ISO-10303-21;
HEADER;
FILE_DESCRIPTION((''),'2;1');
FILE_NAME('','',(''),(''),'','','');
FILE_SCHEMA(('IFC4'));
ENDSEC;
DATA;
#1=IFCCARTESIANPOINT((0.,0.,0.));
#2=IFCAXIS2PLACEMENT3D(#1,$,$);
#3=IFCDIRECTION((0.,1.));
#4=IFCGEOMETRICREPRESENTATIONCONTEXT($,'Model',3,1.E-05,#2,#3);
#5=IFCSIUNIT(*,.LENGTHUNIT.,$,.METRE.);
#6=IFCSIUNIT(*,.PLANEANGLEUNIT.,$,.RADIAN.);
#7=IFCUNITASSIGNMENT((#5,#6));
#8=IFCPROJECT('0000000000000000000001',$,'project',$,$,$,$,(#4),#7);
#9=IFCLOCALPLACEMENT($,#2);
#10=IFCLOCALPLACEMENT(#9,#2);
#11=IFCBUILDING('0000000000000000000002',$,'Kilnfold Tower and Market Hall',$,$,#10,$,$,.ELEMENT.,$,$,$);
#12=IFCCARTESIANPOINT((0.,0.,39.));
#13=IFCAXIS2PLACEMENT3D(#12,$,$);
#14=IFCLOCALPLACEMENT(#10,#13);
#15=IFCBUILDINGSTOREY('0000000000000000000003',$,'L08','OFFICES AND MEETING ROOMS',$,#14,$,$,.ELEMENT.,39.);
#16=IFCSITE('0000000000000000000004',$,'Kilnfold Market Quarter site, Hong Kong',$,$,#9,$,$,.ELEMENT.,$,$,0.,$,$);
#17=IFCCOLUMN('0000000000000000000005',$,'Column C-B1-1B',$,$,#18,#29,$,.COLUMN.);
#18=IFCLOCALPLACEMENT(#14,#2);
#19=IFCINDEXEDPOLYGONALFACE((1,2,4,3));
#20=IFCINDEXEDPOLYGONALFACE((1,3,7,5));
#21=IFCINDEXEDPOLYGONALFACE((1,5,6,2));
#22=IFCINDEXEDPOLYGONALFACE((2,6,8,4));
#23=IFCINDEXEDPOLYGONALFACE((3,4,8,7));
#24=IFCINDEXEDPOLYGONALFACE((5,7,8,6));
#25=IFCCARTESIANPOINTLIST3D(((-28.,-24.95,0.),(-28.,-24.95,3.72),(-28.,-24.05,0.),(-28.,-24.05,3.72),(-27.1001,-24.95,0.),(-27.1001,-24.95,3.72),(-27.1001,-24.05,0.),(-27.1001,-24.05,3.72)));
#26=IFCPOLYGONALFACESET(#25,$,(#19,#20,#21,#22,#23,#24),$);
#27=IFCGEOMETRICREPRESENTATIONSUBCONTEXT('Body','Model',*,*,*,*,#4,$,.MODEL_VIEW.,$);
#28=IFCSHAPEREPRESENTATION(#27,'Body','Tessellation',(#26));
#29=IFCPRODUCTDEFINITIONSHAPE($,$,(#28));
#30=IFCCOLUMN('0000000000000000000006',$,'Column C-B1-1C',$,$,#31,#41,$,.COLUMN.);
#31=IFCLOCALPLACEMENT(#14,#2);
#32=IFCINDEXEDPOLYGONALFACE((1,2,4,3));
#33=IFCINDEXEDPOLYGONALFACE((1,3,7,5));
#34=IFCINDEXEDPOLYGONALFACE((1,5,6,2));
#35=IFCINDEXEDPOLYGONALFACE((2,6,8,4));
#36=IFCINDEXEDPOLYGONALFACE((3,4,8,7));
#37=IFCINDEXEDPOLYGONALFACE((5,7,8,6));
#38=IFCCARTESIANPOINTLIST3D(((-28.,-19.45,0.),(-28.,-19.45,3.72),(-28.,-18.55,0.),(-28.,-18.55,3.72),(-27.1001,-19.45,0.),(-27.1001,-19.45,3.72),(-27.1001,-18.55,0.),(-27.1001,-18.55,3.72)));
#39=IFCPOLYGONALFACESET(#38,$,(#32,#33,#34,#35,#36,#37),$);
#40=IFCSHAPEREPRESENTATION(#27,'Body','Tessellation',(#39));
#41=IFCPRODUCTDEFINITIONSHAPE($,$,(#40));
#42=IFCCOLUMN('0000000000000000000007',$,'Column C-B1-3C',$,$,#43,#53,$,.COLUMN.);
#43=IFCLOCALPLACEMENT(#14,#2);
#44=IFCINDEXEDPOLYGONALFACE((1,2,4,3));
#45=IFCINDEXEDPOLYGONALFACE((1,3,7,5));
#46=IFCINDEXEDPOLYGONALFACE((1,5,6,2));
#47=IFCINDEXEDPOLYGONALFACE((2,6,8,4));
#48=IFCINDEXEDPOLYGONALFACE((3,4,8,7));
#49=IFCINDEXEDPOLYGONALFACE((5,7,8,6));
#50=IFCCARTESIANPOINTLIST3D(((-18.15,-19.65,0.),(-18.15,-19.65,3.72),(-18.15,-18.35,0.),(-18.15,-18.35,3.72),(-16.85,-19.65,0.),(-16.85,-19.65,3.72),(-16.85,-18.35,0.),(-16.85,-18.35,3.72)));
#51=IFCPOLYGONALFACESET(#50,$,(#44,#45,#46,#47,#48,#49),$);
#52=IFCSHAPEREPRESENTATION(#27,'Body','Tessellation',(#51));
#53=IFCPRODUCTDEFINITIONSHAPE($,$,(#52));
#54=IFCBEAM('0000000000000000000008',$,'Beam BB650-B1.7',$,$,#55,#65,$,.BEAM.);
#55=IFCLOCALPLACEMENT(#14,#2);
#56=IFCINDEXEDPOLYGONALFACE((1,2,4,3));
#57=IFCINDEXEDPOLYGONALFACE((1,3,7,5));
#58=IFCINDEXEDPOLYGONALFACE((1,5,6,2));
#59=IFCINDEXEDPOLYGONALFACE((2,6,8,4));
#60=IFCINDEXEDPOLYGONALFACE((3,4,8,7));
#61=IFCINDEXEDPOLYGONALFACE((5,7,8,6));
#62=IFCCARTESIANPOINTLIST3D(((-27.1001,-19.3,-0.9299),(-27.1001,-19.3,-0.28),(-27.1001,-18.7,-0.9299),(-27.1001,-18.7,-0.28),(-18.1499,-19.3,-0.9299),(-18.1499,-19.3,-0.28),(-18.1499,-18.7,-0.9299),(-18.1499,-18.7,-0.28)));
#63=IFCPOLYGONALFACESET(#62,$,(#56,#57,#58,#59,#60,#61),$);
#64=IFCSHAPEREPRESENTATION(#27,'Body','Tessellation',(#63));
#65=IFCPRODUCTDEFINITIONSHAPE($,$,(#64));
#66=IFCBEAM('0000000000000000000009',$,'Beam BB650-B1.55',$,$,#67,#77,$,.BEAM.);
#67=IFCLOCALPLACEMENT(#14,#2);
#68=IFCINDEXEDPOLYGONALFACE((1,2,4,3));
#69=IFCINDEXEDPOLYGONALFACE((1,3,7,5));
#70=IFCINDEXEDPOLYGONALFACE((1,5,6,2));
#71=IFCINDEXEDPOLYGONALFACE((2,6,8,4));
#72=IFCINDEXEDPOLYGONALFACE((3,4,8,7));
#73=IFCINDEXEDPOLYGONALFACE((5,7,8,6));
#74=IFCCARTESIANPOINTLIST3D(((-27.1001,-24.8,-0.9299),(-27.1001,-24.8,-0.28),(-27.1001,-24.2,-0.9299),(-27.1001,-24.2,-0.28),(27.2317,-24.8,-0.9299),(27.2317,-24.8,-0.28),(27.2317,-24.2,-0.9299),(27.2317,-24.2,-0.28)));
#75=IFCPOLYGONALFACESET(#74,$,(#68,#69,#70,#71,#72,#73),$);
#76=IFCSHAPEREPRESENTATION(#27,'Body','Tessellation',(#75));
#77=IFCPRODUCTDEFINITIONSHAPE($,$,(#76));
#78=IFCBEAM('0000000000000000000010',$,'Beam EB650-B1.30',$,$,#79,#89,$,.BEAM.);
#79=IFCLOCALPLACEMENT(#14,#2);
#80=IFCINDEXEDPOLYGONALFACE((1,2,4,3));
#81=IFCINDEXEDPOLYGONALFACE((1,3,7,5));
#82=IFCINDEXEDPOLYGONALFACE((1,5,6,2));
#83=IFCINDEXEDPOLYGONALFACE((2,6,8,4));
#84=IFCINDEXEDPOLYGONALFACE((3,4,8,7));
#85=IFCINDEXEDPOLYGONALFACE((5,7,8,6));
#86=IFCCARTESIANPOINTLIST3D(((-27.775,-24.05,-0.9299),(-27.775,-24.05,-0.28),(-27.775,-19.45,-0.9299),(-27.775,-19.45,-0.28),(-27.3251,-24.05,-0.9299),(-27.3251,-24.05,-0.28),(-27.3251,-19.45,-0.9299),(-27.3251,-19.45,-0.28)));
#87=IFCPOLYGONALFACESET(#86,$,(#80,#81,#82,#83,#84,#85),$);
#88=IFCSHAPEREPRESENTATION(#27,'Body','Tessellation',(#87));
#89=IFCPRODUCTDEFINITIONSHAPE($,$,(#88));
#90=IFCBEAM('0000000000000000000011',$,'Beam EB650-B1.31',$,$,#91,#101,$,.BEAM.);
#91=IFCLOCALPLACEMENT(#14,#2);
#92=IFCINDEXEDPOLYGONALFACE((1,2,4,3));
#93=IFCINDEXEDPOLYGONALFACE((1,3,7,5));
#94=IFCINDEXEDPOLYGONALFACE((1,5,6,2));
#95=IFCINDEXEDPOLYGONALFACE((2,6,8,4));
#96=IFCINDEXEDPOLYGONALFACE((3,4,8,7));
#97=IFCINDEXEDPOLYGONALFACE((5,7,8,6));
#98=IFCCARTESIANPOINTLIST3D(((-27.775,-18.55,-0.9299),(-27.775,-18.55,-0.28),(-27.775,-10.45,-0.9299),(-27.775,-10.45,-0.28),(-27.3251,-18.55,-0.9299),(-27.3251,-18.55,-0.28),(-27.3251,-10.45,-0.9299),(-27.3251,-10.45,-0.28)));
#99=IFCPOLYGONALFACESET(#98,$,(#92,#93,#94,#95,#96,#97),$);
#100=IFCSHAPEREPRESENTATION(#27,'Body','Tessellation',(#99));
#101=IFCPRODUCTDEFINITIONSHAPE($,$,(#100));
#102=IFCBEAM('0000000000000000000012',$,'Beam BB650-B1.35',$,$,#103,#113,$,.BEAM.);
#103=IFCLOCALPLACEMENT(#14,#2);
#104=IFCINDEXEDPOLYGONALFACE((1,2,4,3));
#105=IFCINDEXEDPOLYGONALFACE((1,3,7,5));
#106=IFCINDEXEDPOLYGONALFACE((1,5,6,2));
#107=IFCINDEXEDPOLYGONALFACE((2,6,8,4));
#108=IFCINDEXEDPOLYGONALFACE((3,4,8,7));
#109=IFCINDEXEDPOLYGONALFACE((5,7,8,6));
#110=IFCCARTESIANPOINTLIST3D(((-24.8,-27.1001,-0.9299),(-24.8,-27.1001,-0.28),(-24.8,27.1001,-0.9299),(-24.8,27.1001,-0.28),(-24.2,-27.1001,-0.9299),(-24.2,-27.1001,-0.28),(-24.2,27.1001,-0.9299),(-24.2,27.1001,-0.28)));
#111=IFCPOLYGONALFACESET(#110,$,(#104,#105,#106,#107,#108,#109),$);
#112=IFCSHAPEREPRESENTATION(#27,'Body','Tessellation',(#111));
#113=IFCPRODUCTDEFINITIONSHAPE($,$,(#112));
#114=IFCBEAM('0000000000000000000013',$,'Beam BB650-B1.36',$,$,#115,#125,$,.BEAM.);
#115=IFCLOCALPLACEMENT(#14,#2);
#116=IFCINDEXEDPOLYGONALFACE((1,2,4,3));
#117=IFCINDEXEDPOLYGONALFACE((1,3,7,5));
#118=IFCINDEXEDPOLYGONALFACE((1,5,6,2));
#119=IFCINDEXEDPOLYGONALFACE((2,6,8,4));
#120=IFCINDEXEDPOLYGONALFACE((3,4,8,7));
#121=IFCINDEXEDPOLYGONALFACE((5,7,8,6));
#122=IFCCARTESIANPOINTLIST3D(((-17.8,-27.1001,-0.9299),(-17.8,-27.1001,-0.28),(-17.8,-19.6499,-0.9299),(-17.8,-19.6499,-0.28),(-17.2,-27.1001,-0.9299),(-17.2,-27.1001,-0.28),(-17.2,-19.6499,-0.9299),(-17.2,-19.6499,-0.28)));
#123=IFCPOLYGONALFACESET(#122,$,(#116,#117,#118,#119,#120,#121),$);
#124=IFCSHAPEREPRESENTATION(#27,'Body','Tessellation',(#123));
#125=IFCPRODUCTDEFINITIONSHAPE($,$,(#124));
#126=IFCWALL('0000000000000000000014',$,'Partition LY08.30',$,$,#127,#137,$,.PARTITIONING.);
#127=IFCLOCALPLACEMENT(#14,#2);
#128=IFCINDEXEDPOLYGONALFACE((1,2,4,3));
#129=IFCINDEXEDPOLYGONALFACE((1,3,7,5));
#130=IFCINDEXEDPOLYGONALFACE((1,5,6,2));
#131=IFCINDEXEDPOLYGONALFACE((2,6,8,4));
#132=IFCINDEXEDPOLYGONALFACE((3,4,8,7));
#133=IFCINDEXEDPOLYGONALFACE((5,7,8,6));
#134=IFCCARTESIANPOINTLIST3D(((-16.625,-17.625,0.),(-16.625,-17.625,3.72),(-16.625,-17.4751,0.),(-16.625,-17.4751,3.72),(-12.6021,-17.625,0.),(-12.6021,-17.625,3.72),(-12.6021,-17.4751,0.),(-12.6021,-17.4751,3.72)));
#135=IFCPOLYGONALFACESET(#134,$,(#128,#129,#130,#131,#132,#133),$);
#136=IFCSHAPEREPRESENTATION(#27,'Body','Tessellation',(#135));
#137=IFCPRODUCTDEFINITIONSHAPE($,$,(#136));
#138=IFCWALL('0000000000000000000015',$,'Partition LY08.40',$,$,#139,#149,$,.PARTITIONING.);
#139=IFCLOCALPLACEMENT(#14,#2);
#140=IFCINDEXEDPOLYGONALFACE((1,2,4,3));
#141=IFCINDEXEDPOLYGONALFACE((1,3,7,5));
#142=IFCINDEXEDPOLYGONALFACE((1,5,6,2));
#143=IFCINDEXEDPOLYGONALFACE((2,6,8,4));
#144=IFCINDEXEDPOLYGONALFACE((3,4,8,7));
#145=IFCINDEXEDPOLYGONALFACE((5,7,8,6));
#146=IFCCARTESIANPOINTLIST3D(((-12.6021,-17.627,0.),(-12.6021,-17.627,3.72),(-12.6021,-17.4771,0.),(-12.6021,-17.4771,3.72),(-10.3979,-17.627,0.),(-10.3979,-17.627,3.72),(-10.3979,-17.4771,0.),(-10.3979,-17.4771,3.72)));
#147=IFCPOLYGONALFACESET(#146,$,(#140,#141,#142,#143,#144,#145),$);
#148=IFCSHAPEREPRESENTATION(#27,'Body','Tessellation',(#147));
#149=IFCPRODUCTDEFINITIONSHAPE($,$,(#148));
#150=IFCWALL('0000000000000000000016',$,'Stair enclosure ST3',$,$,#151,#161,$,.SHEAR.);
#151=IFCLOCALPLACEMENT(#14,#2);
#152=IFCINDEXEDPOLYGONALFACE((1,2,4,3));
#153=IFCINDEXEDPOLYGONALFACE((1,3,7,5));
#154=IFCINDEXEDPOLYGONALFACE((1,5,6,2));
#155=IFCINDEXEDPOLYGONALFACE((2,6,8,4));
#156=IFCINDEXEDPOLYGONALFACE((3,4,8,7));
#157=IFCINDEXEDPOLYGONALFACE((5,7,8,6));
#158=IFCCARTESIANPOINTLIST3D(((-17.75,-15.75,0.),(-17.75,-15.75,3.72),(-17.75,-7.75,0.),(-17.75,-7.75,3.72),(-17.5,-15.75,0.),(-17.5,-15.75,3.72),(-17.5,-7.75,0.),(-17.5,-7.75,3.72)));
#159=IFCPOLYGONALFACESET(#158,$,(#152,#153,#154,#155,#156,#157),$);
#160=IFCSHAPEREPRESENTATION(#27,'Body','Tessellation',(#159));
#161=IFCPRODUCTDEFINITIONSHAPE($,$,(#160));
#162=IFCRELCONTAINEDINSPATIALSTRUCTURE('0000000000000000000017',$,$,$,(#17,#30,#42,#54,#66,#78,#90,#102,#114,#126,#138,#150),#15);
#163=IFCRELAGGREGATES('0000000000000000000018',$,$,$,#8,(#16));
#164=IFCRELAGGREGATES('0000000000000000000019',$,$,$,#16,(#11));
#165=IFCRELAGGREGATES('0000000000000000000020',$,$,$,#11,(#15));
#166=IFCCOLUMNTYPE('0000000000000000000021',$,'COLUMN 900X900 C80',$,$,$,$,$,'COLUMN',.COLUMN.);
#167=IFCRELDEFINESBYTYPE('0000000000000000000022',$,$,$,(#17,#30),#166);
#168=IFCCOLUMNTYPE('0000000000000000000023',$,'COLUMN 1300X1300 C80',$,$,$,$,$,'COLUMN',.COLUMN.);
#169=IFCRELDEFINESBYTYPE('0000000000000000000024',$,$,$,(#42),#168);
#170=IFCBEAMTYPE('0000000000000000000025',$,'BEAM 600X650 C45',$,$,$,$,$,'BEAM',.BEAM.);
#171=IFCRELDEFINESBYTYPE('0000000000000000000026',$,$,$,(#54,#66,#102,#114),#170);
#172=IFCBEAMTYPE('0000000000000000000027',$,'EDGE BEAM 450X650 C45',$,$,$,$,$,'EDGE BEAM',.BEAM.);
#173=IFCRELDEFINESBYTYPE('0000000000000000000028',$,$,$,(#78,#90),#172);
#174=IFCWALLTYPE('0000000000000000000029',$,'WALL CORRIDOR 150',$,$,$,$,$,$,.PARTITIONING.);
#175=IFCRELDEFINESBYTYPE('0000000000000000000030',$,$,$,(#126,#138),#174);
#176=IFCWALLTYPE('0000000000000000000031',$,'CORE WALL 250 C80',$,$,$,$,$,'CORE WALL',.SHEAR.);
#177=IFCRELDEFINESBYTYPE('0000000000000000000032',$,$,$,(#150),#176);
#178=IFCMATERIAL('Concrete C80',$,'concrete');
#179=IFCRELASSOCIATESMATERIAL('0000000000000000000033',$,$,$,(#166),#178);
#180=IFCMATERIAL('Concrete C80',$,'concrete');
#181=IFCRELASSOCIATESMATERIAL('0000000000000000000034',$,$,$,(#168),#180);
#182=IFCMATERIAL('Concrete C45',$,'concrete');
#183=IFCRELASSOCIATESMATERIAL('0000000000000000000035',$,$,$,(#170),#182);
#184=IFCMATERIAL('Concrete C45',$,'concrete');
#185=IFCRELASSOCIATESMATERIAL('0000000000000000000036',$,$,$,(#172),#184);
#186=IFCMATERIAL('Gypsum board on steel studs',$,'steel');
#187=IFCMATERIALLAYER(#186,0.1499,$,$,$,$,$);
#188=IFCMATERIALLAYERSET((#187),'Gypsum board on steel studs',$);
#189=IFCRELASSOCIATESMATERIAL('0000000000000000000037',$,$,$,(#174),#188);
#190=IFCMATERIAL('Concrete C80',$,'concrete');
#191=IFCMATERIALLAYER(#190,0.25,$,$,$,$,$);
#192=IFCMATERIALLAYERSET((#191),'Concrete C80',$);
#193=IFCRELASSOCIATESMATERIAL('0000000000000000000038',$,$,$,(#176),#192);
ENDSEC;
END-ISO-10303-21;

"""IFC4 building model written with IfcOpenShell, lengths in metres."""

from ifc_helpers import new_model, si_unit, direction, frame, frame_2d, origin, origin_2d, place, context, subcontext, project, spatial, rectangle, extrude, source, transform, mapped, material, layer, layer_set, material_profile, profile_set, type_object, element, save


model = new_model("IFC4")

# Units and contexts
model_context = context("Model", 3, precision=1e-05, world=origin(), true_north=direction((0.0, 1.0)))
body_context = subcontext(model_context, "Body", "Model", "MODEL_VIEW")
ifc_project = project(units=[si_unit("LENGTHUNIT", "METRE"), si_unit("PLANEANGLEUNIT", "RADIAN")], contexts=[model_context])

# Site, building, storey
site_placement = place(None, origin())
site = spatial("IfcSite", under=ifc_project, at=site_placement, Name="Kilnfold Market Quarter site, Hong Kong", CompositionType="ELEMENT", RefElevation=0.0)
building_placement = place(site_placement, origin())
building = spatial("IfcBuilding", under=site, at=building_placement, Name="Kilnfold Tower and Market Hall", CompositionType="ELEMENT")
storey_placement = place(building_placement, frame((0.0, 0.0, 39.0)))
storey = spatial("IfcBuildingStorey", under=building, at=storey_placement, Name="L08", Description="OFFICES AND MEETING ROOMS", CompositionType="ELEMENT", Elevation=39.0)

# Columns
ifc_material_1 = material(Name="Concrete C80", Category="concrete")
ifc_material_profile_1 = material_profile(ifc_material_1, rectangle(XDim=0.8999, YDim=0.8999, at=origin_2d()), Name="RC 900x900")
ifc_profile_set_1 = profile_set([ifc_material_profile_1], Name="Concrete C80")
column_type_1 = type_object("IfcColumnType", Name="COLUMN 900X900 C80", ElementType="COLUMN", PredefinedType="COLUMN", material=ifc_profile_set_1)
shared_shape_1 = source(origin(), body_context, "Body", "SweptSolid", [
    extrude(rectangle(XDim=0.8999, YDim=0.8999, at=origin_2d()), origin(), (0.0, 0.0, 1.0), 3.72),
])
for number, where, z_axis, x_axis, name in (
    (1, (-27.55, -24.5, 0.0), (0.0, 0.0, 1.0), (1.0, 0.0, 0.0), "Column C-B1-1B"),
    (2, (-27.55, -19.0, 0.0), (0.0, 0.0, 1.0), (1.0, 0.0, 0.0), "Column C-B1-1C"),
):
    element("IfcColumn", number, at=place(storey_placement, frame(where, z_axis=z_axis, x_axis=x_axis)), inside=storey, type_object=column_type_1, Name=name, PredefinedType="COLUMN", context=body_context, shape_type="MappedRepresentation", body=[
        mapped(shared_shape_1, transform((0.0, 0.0, 0.0))),
    ])
ifc_material_2 = material(Name="Concrete C80", Category="concrete")
ifc_material_profile_2 = material_profile(ifc_material_2, rectangle(XDim=1.3, YDim=1.3, at=origin_2d()), Name="RC 1300x1300")
ifc_profile_set_2 = profile_set([ifc_material_profile_2], Name="Concrete C80")
column_type_2 = type_object("IfcColumnType", Name="COLUMN 1300X1300 C80", ElementType="COLUMN", PredefinedType="COLUMN", material=ifc_profile_set_2)
shared_shape_2 = source(origin(), body_context, "Body", "SweptSolid", [
    extrude(rectangle(XDim=1.3, YDim=1.3, at=origin_2d()), origin(), (0.0, 0.0, 1.0), 3.72),
])
column_placement = place(storey_placement, frame((-17.5, -19.0, 0.0), z_axis=(0.0, 0.0, 1.0), x_axis=(1.0, 0.0, 0.0)))
element("IfcColumn", 3, at=column_placement, inside=storey, type_object=column_type_2, Name="Column C-B1-3C", PredefinedType="COLUMN", context=body_context, shape_type="MappedRepresentation", body=[
    mapped(shared_shape_2, transform((0.0, 0.0, 0.0))),
])

# Beams
ifc_material_3 = material(Name="Concrete C45", Category="concrete")
ifc_material_profile_3 = material_profile(ifc_material_3, rectangle(XDim=0.6001, YDim=0.6499, at=origin_2d()), Name="RC 600x650")
ifc_profile_set_3 = profile_set([ifc_material_profile_3], Name="Concrete C45")
beam_type_1 = type_object("IfcBeamType", Name="BEAM 600X650 C45", ElementType="BEAM", PredefinedType="BEAM", material=ifc_profile_set_3)
shared_shape_3 = source(origin(), body_context, "Body", "SweptSolid", [
    extrude(rectangle(XDim=0.6001, YDim=0.6499, at=origin_2d()), origin(), (0.0, 0.0, 1.0), 8.9502),
])
beam_1_placement = place(storey_placement, frame((-27.1001, -19.0, -0.605), z_axis=(1.0, 0.0, 0.0), x_axis=(0.0, 1.0, 0.0)))
element("IfcBeam", 4, at=beam_1_placement, inside=storey, type_object=beam_type_1, Name="Beam BB650-B1.7", PredefinedType="BEAM", context=body_context, shape_type="MappedRepresentation", body=[
    mapped(shared_shape_3, transform((0.0, 0.0, 0.0))),
])
shared_shape_4 = source(origin(), body_context, "Body", "SweptSolid", [
    extrude(rectangle(XDim=0.6001, YDim=0.6499, at=origin_2d()), origin(), (0.0, 0.0, 1.0), 54.3318),
])
beam_2_placement = place(storey_placement, frame((-27.1001, -24.5, -0.605), z_axis=(1.0, 0.0, 0.0), x_axis=(0.0, 1.0, 0.0)))
element("IfcBeam", 5, at=beam_2_placement, inside=storey, type_object=beam_type_1, Name="Beam BB650-B1.55", PredefinedType="BEAM", context=body_context, shape_type="MappedRepresentation", body=[
    mapped(shared_shape_4, transform((0.0, 0.0, 0.0))),
])
ifc_material_4 = material(Name="Concrete C45", Category="concrete")
ifc_material_profile_4 = material_profile(ifc_material_4, rectangle(XDim=0.45, YDim=0.6499, at=origin_2d()), Name="RC 450x650")
ifc_profile_set_4 = profile_set([ifc_material_profile_4], Name="Concrete C45")
beam_type_2 = type_object("IfcBeamType", Name="EDGE BEAM 450X650 C45", ElementType="EDGE BEAM", PredefinedType="BEAM", material=ifc_profile_set_4)
shared_shape_5 = source(origin(), body_context, "Body", "SweptSolid", [
    extrude(rectangle(XDim=0.45, YDim=0.6499, at=origin_2d()), origin(), (0.0, 0.0, 1.0), 4.6001),
])
beam_3_placement = place(storey_placement, frame((-27.55, -24.05, -0.605), z_axis=(0.0, 1.0, 0.0), x_axis=(-1.0, 0.0, 0.0)))
element("IfcBeam", 6, at=beam_3_placement, inside=storey, type_object=beam_type_2, Name="Beam EB650-B1.30", PredefinedType="BEAM", context=body_context, shape_type="MappedRepresentation", body=[
    mapped(shared_shape_5, transform((0.0, 0.0, 0.0))),
])
shared_shape_6 = source(origin(), body_context, "Body", "SweptSolid", [
    extrude(rectangle(XDim=0.45, YDim=0.6499, at=origin_2d()), origin(), (0.0, 0.0, 1.0), 8.1001),
])
beam_4_placement = place(storey_placement, frame((-27.55, -18.55, -0.605), z_axis=(0.0, 1.0, 0.0), x_axis=(-1.0, 0.0, 0.0)))
element("IfcBeam", 7, at=beam_4_placement, inside=storey, type_object=beam_type_2, Name="Beam EB650-B1.31", PredefinedType="BEAM", context=body_context, shape_type="MappedRepresentation", body=[
    mapped(shared_shape_6, transform((0.0, 0.0, 0.0))),
])
shared_shape_7 = source(origin(), body_context, "Body", "SweptSolid", [
    extrude(rectangle(XDim=0.6001, YDim=0.6499, at=origin_2d()), origin(), (0.0, 0.0, 1.0), 54.2002),
])
beam_5_placement = place(storey_placement, frame((-24.5, -27.1001, -0.605), z_axis=(0.0, 1.0, 0.0), x_axis=(-1.0, 0.0, 0.0)))
element("IfcBeam", 8, at=beam_5_placement, inside=storey, type_object=beam_type_1, Name="Beam BB650-B1.35", PredefinedType="BEAM", context=body_context, shape_type="MappedRepresentation", body=[
    mapped(shared_shape_7, transform((0.0, 0.0, 0.0))),
])
shared_shape_8 = source(origin(), body_context, "Body", "SweptSolid", [
    extrude(rectangle(XDim=0.6001, YDim=0.6499, at=origin_2d()), origin(), (0.0, 0.0, 1.0), 7.4502),
])
beam_6_placement = place(storey_placement, frame((-17.5, -27.1001, -0.605), z_axis=(0.0, 1.0, 0.0), x_axis=(-1.0, 0.0, 0.0)))
element("IfcBeam", 9, at=beam_6_placement, inside=storey, type_object=beam_type_1, Name="Beam BB650-B1.36", PredefinedType="BEAM", context=body_context, shape_type="MappedRepresentation", body=[
    mapped(shared_shape_8, transform((0.0, 0.0, 0.0))),
])

# Walls
ifc_material_5 = material(Name="Gypsum board on steel studs", Category="steel")
ifc_layer_1 = layer(ifc_material_5, 0.1499)
ifc_layer_set_1 = layer_set([ifc_layer_1], Name="Gypsum board on steel studs")
wall_type_1 = type_object("IfcWallType", Name="WALL CORRIDOR 150", PredefinedType="PARTITIONING", material=ifc_layer_set_1)
wall_1_placement = place(storey_placement, frame((-16.625, -17.55, 0.0), z_axis=(0.0, 0.0, 1.0), x_axis=(1.0, 0.0, 0.0)))
element("IfcWall", 10, at=wall_1_placement, inside=storey, type_object=wall_type_1, Name="Partition LY08.30", PredefinedType="PARTITIONING", context=body_context, shape_type="SweptSolid", body=[
    extrude(rectangle(XDim=4.0229, YDim=0.1499, at=frame_2d((2.0115, 0.0))), origin(), (0.0, 0.0, 1.0), 3.72),
])
wall_2_placement = place(storey_placement, frame((-12.6021, -17.552, 0.0), z_axis=(0.0, 0.0, 1.0), x_axis=(1.0, 0.0, 0.0)))
element("IfcWall", 11, at=wall_2_placement, inside=storey, type_object=wall_type_1, Name="Partition LY08.40", PredefinedType="PARTITIONING", context=body_context, shape_type="SweptSolid", body=[
    extrude(rectangle(XDim=2.2041, YDim=0.1499, at=frame_2d((1.1021, 0.0))), origin(), (0.0, 0.0, 1.0), 3.72),
])
ifc_material_6 = material(Name="Concrete C80", Category="concrete")
ifc_layer_2 = layer(ifc_material_6, 0.25)
ifc_layer_set_2 = layer_set([ifc_layer_2], Name="Concrete C80")
wall_type_2 = type_object("IfcWallType", Name="CORE WALL 250 C80", ElementType="CORE WALL", PredefinedType="SHEAR", material=ifc_layer_set_2)
shared_shape_9 = source(origin(), body_context, "Body", "SweptSolid", [
    extrude(rectangle(XDim=8.0, YDim=0.25, at=frame_2d((4.0, 0.0))), origin(), (0.0, 0.0, 1.0), 3.72),
])
wall_3_placement = place(storey_placement, frame((-17.625, -15.75, 0.0), z_axis=(0.0, 0.0, 1.0), x_axis=(0.0, 1.0, 0.0)))
element("IfcWall", 12, at=wall_3_placement, inside=storey, type_object=wall_type_2, Name="Stair enclosure ST3", PredefinedType="SHEAR", context=body_context, shape_type="MappedRepresentation", body=[
    mapped(shared_shape_9, transform((0.0, 0.0, 0.0))),
])

save(model, "model.ifc")
